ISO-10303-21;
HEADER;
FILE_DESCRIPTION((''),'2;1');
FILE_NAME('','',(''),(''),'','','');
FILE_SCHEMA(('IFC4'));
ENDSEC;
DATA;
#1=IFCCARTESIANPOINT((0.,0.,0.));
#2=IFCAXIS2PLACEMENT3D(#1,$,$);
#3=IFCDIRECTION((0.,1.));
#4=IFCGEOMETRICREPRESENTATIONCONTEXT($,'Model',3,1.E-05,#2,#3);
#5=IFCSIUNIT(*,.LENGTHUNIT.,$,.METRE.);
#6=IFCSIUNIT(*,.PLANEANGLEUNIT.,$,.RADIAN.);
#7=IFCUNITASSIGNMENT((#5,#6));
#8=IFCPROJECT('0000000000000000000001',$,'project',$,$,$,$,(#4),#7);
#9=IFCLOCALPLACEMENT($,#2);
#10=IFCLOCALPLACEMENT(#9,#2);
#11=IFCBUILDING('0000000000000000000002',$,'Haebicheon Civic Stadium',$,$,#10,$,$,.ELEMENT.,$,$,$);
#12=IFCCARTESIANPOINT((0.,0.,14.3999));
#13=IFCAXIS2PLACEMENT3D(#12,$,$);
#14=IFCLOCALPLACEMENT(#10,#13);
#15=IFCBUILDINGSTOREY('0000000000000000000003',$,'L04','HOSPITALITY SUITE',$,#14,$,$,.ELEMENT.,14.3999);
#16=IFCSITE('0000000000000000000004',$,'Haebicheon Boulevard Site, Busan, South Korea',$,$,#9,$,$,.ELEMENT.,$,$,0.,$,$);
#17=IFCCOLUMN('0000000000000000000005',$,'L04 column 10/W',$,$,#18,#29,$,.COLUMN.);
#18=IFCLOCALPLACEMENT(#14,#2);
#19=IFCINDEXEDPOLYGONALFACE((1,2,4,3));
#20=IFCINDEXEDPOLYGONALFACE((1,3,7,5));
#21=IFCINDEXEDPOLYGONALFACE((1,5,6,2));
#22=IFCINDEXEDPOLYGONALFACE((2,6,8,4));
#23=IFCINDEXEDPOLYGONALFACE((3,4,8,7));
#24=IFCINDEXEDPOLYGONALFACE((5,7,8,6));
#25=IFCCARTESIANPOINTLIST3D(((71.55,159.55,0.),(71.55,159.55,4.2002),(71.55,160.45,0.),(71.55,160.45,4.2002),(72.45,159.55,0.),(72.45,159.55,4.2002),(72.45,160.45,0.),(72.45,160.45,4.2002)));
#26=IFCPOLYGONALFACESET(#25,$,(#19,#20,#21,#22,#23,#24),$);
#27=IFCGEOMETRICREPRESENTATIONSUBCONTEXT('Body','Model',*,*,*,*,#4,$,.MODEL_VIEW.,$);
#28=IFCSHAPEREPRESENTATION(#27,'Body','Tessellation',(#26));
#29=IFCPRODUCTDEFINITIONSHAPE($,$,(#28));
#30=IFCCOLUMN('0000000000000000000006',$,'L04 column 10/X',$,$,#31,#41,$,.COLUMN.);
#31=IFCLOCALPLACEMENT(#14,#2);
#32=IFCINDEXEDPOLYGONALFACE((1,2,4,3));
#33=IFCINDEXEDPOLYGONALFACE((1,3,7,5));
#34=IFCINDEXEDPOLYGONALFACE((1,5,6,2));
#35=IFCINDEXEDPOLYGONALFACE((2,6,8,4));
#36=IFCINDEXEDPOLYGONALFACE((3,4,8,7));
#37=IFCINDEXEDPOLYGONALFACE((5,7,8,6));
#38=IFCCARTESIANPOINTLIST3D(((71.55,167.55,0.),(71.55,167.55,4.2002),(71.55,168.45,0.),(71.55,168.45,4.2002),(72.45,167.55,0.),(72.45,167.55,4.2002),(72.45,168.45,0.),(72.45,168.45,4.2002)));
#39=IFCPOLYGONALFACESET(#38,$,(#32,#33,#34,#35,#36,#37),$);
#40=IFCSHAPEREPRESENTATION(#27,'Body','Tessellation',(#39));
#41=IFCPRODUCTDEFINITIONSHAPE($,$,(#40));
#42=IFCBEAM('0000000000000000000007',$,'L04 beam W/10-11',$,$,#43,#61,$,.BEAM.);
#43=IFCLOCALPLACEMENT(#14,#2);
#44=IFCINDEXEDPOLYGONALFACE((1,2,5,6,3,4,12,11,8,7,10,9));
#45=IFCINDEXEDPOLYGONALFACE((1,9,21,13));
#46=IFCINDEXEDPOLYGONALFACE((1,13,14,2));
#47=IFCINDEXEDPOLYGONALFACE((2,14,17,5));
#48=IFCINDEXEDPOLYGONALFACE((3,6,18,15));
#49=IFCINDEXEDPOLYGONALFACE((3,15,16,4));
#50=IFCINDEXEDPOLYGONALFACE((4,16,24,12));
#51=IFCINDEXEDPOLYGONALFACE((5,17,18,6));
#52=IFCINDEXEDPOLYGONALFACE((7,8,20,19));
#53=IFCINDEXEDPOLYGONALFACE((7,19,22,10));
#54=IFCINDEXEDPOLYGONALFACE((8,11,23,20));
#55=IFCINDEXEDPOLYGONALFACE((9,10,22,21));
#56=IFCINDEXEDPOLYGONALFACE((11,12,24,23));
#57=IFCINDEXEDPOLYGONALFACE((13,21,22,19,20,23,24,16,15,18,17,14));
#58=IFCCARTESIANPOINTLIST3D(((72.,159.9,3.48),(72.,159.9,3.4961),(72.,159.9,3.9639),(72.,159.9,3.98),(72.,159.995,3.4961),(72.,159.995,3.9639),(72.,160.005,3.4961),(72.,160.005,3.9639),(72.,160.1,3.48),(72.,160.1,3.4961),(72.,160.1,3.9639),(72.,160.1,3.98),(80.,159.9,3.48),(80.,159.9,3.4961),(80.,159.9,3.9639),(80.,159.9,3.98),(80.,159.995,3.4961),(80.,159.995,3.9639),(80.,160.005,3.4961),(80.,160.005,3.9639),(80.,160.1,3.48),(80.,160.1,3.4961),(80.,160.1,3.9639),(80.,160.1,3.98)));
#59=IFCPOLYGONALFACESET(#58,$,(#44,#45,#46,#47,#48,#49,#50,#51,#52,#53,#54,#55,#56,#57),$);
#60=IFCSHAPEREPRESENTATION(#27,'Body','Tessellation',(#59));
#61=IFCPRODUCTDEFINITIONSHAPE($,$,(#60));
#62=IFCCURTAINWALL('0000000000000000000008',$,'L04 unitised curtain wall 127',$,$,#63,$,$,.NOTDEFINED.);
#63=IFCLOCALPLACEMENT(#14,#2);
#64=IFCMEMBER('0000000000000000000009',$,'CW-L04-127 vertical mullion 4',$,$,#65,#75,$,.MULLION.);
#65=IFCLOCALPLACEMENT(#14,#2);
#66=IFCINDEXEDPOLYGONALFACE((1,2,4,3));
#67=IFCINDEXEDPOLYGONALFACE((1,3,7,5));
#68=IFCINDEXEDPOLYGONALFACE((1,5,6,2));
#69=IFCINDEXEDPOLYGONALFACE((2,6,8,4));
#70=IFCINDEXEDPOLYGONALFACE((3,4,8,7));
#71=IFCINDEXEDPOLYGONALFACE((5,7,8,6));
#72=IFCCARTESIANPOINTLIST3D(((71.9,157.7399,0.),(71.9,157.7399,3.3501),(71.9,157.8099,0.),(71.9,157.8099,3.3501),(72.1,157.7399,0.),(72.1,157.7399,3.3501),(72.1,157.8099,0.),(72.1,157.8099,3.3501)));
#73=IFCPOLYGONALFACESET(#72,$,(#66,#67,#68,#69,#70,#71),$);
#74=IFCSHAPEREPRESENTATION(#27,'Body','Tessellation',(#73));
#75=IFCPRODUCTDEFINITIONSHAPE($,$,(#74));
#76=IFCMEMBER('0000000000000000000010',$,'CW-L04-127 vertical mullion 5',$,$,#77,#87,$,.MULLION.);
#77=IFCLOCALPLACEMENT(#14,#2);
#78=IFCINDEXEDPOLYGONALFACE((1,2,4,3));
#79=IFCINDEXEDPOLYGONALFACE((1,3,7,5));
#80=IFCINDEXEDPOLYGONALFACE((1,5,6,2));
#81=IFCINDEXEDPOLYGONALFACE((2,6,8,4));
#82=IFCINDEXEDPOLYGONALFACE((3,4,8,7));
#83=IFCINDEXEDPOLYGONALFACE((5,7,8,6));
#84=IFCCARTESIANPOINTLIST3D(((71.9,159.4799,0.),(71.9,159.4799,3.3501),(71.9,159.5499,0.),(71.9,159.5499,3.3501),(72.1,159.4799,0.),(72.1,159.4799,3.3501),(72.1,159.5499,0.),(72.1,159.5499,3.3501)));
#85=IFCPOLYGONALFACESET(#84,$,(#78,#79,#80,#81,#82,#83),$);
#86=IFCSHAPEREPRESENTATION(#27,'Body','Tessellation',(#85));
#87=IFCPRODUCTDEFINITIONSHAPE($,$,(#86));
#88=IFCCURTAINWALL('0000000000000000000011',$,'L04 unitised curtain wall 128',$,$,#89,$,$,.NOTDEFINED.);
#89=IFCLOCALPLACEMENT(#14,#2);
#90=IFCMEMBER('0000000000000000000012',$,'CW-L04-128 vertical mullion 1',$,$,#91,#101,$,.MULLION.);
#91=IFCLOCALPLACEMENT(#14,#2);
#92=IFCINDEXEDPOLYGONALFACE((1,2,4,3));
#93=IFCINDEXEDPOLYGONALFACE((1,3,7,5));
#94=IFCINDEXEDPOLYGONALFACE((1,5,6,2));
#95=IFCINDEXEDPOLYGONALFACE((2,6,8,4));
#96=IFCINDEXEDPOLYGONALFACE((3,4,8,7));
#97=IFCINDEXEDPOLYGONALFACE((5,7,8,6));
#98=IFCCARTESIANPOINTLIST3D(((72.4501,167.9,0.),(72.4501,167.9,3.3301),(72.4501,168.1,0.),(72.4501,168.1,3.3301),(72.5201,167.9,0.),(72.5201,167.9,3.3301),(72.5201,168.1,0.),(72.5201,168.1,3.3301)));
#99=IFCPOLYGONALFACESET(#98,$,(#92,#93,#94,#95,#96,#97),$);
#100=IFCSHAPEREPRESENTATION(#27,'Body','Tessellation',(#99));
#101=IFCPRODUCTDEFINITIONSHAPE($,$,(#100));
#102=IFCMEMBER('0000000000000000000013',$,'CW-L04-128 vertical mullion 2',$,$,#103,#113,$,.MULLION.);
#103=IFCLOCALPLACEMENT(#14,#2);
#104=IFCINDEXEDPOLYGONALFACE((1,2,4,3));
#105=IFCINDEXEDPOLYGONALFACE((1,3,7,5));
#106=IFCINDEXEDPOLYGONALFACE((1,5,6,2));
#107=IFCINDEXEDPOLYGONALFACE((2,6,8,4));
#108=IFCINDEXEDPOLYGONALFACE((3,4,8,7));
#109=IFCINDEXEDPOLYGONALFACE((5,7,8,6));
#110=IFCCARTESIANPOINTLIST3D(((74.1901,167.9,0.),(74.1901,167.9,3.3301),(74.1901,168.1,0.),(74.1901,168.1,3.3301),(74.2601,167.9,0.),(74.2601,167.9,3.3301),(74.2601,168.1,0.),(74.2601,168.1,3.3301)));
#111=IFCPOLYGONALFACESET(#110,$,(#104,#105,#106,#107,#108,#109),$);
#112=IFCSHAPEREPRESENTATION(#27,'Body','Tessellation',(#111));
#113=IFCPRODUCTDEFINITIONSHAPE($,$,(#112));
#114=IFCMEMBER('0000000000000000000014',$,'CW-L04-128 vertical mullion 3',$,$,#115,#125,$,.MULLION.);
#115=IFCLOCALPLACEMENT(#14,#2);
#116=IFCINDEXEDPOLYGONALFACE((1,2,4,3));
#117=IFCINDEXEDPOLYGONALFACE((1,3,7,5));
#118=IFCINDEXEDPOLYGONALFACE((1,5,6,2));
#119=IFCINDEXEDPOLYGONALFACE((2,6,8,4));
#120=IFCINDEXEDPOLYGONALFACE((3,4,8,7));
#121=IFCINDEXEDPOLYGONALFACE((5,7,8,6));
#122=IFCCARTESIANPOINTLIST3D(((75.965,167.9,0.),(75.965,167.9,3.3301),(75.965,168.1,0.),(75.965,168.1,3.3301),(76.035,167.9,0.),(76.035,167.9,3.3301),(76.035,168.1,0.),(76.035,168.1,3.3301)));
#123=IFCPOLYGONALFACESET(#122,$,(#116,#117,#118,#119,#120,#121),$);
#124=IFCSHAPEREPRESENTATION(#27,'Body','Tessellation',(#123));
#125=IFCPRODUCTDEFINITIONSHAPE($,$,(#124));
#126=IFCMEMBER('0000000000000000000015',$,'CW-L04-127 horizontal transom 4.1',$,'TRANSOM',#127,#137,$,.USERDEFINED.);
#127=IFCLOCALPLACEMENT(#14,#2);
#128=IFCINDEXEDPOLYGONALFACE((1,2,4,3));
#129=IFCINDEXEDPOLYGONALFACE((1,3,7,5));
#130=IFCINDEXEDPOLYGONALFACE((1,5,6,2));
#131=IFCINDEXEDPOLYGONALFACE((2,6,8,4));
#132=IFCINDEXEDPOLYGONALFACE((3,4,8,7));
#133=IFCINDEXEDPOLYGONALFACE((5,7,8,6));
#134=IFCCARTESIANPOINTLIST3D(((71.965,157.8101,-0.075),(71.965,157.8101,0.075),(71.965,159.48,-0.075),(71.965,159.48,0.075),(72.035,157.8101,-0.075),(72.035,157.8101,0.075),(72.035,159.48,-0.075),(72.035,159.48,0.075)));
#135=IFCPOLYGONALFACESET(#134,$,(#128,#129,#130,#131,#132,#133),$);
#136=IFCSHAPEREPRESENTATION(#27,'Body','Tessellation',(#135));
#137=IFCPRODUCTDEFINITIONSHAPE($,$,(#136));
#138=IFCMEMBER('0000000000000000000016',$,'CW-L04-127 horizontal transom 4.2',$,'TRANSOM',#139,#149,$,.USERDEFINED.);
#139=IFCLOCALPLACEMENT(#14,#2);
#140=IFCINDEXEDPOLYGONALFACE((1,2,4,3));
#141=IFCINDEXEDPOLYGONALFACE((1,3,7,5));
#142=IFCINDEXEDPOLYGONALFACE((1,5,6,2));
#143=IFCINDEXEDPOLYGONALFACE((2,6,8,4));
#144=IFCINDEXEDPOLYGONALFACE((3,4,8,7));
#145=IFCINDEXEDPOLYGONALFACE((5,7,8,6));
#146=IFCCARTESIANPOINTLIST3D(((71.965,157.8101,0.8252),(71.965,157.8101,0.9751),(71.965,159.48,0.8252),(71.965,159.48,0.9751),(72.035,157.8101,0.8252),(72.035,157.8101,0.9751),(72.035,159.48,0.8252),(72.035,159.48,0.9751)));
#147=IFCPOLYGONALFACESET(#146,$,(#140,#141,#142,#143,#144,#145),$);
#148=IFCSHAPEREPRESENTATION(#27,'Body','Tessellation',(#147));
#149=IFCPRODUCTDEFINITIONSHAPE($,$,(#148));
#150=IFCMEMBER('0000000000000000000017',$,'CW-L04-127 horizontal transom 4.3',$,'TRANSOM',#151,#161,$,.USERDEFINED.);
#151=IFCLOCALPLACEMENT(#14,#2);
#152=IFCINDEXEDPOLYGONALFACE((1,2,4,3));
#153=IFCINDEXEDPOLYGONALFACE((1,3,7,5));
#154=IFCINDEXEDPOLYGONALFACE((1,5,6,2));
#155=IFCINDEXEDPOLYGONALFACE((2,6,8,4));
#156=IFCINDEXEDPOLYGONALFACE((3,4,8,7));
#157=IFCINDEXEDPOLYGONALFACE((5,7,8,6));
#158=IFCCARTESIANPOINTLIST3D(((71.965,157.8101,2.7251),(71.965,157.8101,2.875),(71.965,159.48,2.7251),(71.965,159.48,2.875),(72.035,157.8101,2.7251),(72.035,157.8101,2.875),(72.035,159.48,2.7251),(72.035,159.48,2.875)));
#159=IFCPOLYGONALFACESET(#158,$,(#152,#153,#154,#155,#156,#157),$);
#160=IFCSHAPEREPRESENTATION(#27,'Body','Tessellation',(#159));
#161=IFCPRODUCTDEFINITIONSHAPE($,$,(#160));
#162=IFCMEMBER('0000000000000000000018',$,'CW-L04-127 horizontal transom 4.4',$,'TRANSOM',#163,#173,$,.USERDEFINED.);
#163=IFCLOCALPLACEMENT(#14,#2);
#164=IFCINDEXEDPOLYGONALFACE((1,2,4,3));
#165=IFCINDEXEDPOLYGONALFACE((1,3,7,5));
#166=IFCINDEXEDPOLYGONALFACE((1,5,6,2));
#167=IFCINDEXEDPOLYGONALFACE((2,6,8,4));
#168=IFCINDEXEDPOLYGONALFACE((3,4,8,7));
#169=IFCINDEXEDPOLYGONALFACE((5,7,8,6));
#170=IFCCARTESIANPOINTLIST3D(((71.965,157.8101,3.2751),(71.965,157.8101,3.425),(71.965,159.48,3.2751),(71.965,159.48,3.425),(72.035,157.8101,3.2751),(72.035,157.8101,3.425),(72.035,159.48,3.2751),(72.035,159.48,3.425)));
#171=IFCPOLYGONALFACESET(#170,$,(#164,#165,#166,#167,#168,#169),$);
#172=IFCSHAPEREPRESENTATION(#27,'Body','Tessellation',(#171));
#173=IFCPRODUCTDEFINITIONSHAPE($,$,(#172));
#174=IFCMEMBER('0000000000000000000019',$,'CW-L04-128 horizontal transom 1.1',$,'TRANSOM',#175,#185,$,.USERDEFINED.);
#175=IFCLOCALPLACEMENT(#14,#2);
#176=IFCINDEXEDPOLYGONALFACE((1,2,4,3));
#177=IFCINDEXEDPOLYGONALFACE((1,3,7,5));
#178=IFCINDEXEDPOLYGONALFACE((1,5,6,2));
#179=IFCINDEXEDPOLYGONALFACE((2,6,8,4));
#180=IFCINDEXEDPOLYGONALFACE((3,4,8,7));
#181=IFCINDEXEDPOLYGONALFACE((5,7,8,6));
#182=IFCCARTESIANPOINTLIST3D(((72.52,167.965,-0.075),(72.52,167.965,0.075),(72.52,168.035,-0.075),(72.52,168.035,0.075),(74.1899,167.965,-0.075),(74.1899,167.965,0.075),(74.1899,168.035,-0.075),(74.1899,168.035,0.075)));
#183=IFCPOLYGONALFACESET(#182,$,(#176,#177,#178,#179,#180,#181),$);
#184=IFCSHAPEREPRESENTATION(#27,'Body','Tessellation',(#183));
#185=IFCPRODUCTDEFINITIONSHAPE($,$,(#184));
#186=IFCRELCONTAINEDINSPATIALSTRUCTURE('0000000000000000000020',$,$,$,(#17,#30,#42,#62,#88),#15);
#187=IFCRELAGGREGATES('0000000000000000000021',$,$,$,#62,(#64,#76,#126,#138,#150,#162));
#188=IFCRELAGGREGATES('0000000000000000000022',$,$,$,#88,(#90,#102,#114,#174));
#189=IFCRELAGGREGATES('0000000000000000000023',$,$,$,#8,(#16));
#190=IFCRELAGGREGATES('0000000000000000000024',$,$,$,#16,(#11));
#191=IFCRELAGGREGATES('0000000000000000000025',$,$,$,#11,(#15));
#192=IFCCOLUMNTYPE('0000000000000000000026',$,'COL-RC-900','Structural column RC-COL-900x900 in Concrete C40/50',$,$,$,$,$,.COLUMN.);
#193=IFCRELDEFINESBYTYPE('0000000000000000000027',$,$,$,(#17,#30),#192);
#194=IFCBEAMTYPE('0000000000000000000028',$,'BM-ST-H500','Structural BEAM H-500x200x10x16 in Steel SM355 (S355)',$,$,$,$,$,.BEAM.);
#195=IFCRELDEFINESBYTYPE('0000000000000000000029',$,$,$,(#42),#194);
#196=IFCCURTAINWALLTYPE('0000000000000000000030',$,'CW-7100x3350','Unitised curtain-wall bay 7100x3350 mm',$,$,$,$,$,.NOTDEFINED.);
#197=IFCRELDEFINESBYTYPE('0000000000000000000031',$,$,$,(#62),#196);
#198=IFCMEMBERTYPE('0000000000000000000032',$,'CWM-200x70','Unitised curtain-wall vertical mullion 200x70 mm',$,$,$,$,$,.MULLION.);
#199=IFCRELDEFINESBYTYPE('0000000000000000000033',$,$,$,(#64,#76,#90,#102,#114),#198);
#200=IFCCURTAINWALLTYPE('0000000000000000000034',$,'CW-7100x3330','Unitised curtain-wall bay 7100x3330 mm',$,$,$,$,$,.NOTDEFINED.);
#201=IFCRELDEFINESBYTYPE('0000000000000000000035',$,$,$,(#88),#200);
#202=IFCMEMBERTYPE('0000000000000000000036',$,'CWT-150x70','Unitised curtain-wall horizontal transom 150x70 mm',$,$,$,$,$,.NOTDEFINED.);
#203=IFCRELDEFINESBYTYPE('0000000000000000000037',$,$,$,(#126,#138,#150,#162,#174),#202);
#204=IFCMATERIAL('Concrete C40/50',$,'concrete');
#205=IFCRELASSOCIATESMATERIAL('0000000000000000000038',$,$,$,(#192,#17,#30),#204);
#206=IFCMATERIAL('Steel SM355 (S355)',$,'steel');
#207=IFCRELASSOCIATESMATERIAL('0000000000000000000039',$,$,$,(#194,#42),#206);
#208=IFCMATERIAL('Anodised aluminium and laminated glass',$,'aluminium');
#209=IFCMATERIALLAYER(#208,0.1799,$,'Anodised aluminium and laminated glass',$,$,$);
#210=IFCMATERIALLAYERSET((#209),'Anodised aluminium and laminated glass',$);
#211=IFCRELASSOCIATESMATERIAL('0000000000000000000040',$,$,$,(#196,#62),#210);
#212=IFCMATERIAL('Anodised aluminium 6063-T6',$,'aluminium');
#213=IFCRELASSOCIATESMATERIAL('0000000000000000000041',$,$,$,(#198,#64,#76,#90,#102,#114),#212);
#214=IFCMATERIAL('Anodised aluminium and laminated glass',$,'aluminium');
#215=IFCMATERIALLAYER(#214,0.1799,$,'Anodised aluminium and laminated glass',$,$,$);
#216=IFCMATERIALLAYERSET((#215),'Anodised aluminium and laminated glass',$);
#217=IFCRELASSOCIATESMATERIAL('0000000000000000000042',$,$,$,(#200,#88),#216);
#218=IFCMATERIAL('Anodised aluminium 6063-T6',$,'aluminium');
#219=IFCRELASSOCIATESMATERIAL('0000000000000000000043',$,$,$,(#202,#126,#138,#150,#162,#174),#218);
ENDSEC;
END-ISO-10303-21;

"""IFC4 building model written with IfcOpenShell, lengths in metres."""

from ifc_helpers import new_model, si_unit, direction, frame, origin, origin_2d, place, context, subcontext, project, spatial, rectangle, i_section, extrude, material, layer, layer_set, material_profile, profile_set, type_object, element, aggregate, save


model = new_model("IFC4")

# Units and contexts
model_context = context("Model", 3, precision=1e-05, world=origin(), true_north=direction((0.0, 1.0)))
body_context = subcontext(model_context, "Body", "Model", "MODEL_VIEW")
ifc_project = project(units=[si_unit("LENGTHUNIT", "METRE"), si_unit("PLANEANGLEUNIT", "RADIAN")], contexts=[model_context])

# Site, building, storey
site_placement = place(None, origin())
site = spatial("IfcSite", under=ifc_project, at=site_placement, Name="Haebicheon Boulevard Site, Busan, South Korea", CompositionType="ELEMENT", RefElevation=0.0)
building_placement = place(site_placement, origin())
building = spatial("IfcBuilding", under=site, at=building_placement, Name="Haebicheon Civic Stadium", CompositionType="ELEMENT")
storey_placement = place(building_placement, frame((0.0, 0.0, 14.3999)))
storey = spatial("IfcBuildingStorey", under=building, at=storey_placement, Name="L04", Description="HOSPITALITY SUITE", CompositionType="ELEMENT", Elevation=14.3999)

# Columns
ifc_material_1 = material(Name="Concrete C40/50", Category="concrete")
ifc_material_profile_1 = material_profile(ifc_material_1, rectangle(XDim=0.8999, YDim=0.8999, at=origin_2d()), Name="RC-COL-900x900")
ifc_profile_set_1 = profile_set([ifc_material_profile_1], Name="Concrete C40/50")
column_type = type_object("IfcColumnType", Name="COL-RC-900", Description="Structural column RC-COL-900x900 in Concrete C40/50", PredefinedType="COLUMN", material=ifc_profile_set_1)
for number, where, z_axis, x_axis, name in (
    (1, (72.0, 160.0, 0.0), (0.0, 0.0, 1.0), (1.0, 0.0, 0.0), "L04 column 10/W"),
    (2, (72.0, 168.0, 0.0), (0.0, 0.0, 1.0), (1.0, 0.0, 0.0), "L04 column 10/X"),
):
    element("IfcColumn", number, at=place(storey_placement, frame(where, z_axis=z_axis, x_axis=x_axis)), inside=storey, type_object=column_type, material=ifc_profile_set_1, Name=name, PredefinedType="COLUMN", context=body_context, shape_type="SweptSolid", body=[
        extrude(rectangle(XDim=0.8999, YDim=0.8999, at=origin_2d()), origin(), (0.0, 0.0, 1.0), 4.2002),
    ])

# Beam
ifc_material_2 = material(Name="Steel SM355 (S355)", Category="steel")
ifc_material_profile_2 = material_profile(ifc_material_2, i_section(OverallWidth=0.2, OverallDepth=0.5, WebThickness=0.01, FlangeThickness=0.0161, at=origin_2d()), Name="H-500x200x10x16")
ifc_profile_set_2 = profile_set([ifc_material_profile_2], Name="Steel SM355 (S355)")
beam_type_1 = type_object("IfcBeamType", Name="BM-ST-H500", Description="Structural BEAM H-500x200x10x16 in Steel SM355 (S355)", PredefinedType="BEAM", material=ifc_profile_set_2)
beam_1_placement = place(storey_placement, frame((72.0, 160.0, 3.73), z_axis=(1.0, 0.0, 0.0), x_axis=(0.0, 1.0, 0.0)))
element("IfcBeam", 3, at=beam_1_placement, inside=storey, type_object=beam_type_1, material=ifc_profile_set_2, Name="L04 beam W/10-11", PredefinedType="BEAM", context=body_context, shape_type="SweptSolid", body=[
    extrude(i_section(OverallWidth=0.2, OverallDepth=0.5, WebThickness=0.01, FlangeThickness=0.0161, at=origin_2d()), origin(), (0.0, 0.0, 1.0), 8.0),
])

# Curtain walls, members
ifc_material_3 = material(Name="Anodised aluminium and laminated glass", Category="aluminium")
ifc_layer_1 = layer(ifc_material_3, 0.1799, Name="Anodised aluminium and laminated glass")
ifc_layer_set_1 = layer_set([ifc_layer_1], Name="Anodised aluminium and laminated glass")
curtain_wall_type_1 = type_object("IfcCurtainWallType", Name="CW-7100x3350", Description="Unitised curtain-wall bay 7100x3350 mm", PredefinedType="NOTDEFINED", material=ifc_layer_set_1)
curtain_wall_1_placement = place(storey_placement, origin())
curtain_wall_1 = element("IfcCurtainWall", 4, at=curtain_wall_1_placement, inside=storey, type_object=curtain_wall_type_1, material=ifc_layer_set_1, Name="L04 unitised curtain wall 127", PredefinedType="NOTDEFINED")
ifc_material_4 = material(Name="Anodised aluminium 6063-T6", Category="aluminium")
ifc_material_profile_3 = material_profile(ifc_material_4, rectangle(XDim=0.0701, YDim=0.2, at=origin_2d()), Name="ALU-MULL-70x200")
ifc_profile_set_3 = profile_set([ifc_material_profile_3], Name="Anodised aluminium 6063-T6")
member_type_1 = type_object("IfcMemberType", Name="CWM-200x70", Description="Unitised curtain-wall vertical mullion 200x70 mm", PredefinedType="MULLION", material=ifc_profile_set_3)
member_1_placement = place(storey_placement, frame((72.0, 157.7749, 0.0), z_axis=(0.0, 0.0, 1.0), x_axis=(0.0, 1.0, 0.0)))
member_1 = element("IfcMember", 5, at=member_1_placement, type_object=member_type_1, material=ifc_profile_set_3, Name="CW-L04-127 vertical mullion 4", PredefinedType="MULLION", context=body_context, shape_type="SweptSolid", body=[
    extrude(rectangle(XDim=0.0701, YDim=0.2, at=origin_2d()), origin(), (0.0, 0.0, 1.0), 3.3501),
])
member_2_placement = place(storey_placement, frame((72.0, 159.5149, 0.0), z_axis=(0.0, 0.0, 1.0), x_axis=(0.0, 1.0, 0.0)))
member_2 = element("IfcMember", 6, at=member_2_placement, type_object=member_type_1, material=ifc_profile_set_3, Name="CW-L04-127 vertical mullion 5", PredefinedType="MULLION", context=body_context, shape_type="SweptSolid", body=[
    extrude(rectangle(XDim=0.0701, YDim=0.2, at=origin_2d()), origin(), (0.0, 0.0, 1.0), 3.3501),
])
ifc_material_5 = material(Name="Anodised aluminium and laminated glass", Category="aluminium")
ifc_layer_2 = layer(ifc_material_5, 0.1799, Name="Anodised aluminium and laminated glass")
ifc_layer_set_2 = layer_set([ifc_layer_2], Name="Anodised aluminium and laminated glass")
curtain_wall_type_2 = type_object("IfcCurtainWallType", Name="CW-7100x3330", Description="Unitised curtain-wall bay 7100x3330 mm", PredefinedType="NOTDEFINED", material=ifc_layer_set_2)
curtain_wall_2_placement = place(storey_placement, origin())
curtain_wall_2 = element("IfcCurtainWall", 7, at=curtain_wall_2_placement, inside=storey, type_object=curtain_wall_type_2, material=ifc_layer_set_2, Name="L04 unitised curtain wall 128", PredefinedType="NOTDEFINED")
member_3_placement = place(storey_placement, frame((72.4851, 168.0, 0.0), z_axis=(0.0, 0.0, 1.0), x_axis=(1.0, 0.0, 0.0)))
member_3 = element("IfcMember", 8, at=member_3_placement, type_object=member_type_1, material=ifc_profile_set_3, Name="CW-L04-128 vertical mullion 1", PredefinedType="MULLION", context=body_context, shape_type="SweptSolid", body=[
    extrude(rectangle(XDim=0.0701, YDim=0.2, at=origin_2d()), origin(), (0.0, 0.0, 1.0), 3.3301),
])
member_4_placement = place(storey_placement, frame((74.2251, 168.0, 0.0), z_axis=(0.0, 0.0, 1.0), x_axis=(1.0, 0.0, 0.0)))
member_4 = element("IfcMember", 9, at=member_4_placement, type_object=member_type_1, material=ifc_profile_set_3, Name="CW-L04-128 vertical mullion 2", PredefinedType="MULLION", context=body_context, shape_type="SweptSolid", body=[
    extrude(rectangle(XDim=0.0701, YDim=0.2, at=origin_2d()), origin(), (0.0, 0.0, 1.0), 3.3301),
])
member_5_placement = place(storey_placement, frame((76.0, 168.0, 0.0), z_axis=(0.0, 0.0, 1.0), x_axis=(1.0, 0.0, 0.0)))
member_5 = element("IfcMember", 10, at=member_5_placement, type_object=member_type_1, material=ifc_profile_set_3, Name="CW-L04-128 vertical mullion 3", PredefinedType="MULLION", context=body_context, shape_type="SweptSolid", body=[
    extrude(rectangle(XDim=0.0701, YDim=0.2, at=origin_2d()), origin(), (0.0, 0.0, 1.0), 3.3301),
])

# Members
ifc_material_6 = material(Name="Anodised aluminium 6063-T6", Category="aluminium")
ifc_material_profile_4 = material_profile(ifc_material_6, rectangle(XDim=0.0701, YDim=0.1499, at=origin_2d()), Name="ALU-TRAN-70x150")
ifc_profile_set_4 = profile_set([ifc_material_profile_4], Name="Anodised aluminium 6063-T6")
member_type_2 = type_object("IfcMemberType", Name="CWT-150x70", Description="Unitised curtain-wall horizontal transom 150x70 mm", PredefinedType="NOTDEFINED", material=ifc_profile_set_4)
member_6_placement = place(storey_placement, frame((72.0, 157.8101, 0.0), z_axis=(0.0, 1.0, 0.0), x_axis=(-1.0, 0.0, 0.0)))
member_6 = element("IfcMember", 11, at=member_6_placement, type_object=member_type_2, material=ifc_profile_set_4, Name="CW-L04-127 horizontal transom 4.1", ObjectType="TRANSOM", PredefinedType="USERDEFINED", context=body_context, shape_type="SweptSolid", body=[
    extrude(rectangle(XDim=0.0701, YDim=0.1499, at=origin_2d()), origin(), (0.0, 0.0, 1.0), 1.6699),
])
member_7_placement = place(storey_placement, frame((72.0, 157.8101, 0.9001), z_axis=(0.0, 1.0, 0.0), x_axis=(-1.0, 0.0, 0.0)))
member_7 = element("IfcMember", 12, at=member_7_placement, type_object=member_type_2, material=ifc_profile_set_4, Name="CW-L04-127 horizontal transom 4.2", ObjectType="TRANSOM", PredefinedType="USERDEFINED", context=body_context, shape_type="SweptSolid", body=[
    extrude(rectangle(XDim=0.0701, YDim=0.1499, at=origin_2d()), origin(), (0.0, 0.0, 1.0), 1.6699),
])
member_8_placement = place(storey_placement, frame((72.0, 157.8101, 2.8), z_axis=(0.0, 1.0, 0.0), x_axis=(-1.0, 0.0, 0.0)))
member_8 = element("IfcMember", 13, at=member_8_placement, type_object=member_type_2, material=ifc_profile_set_4, Name="CW-L04-127 horizontal transom 4.3", ObjectType="TRANSOM", PredefinedType="USERDEFINED", context=body_context, shape_type="SweptSolid", body=[
    extrude(rectangle(XDim=0.0701, YDim=0.1499, at=origin_2d()), origin(), (0.0, 0.0, 1.0), 1.6699),
])
member_9_placement = place(storey_placement, frame((72.0, 157.8101, 3.3501), z_axis=(0.0, 1.0, 0.0), x_axis=(-1.0, 0.0, 0.0)))
member_9 = element("IfcMember", 14, at=member_9_placement, type_object=member_type_2, material=ifc_profile_set_4, Name="CW-L04-127 horizontal transom 4.4", ObjectType="TRANSOM", PredefinedType="USERDEFINED", context=body_context, shape_type="SweptSolid", body=[
    extrude(rectangle(XDim=0.0701, YDim=0.1499, at=origin_2d()), origin(), (0.0, 0.0, 1.0), 1.6699),
])
member_10_placement = place(storey_placement, frame((72.52, 168.0, 0.0), z_axis=(1.0, 0.0, 0.0), x_axis=(0.0, 1.0, 0.0)))
member_10 = element("IfcMember", 15, at=member_10_placement, type_object=member_type_2, material=ifc_profile_set_4, Name="CW-L04-128 horizontal transom 1.1", ObjectType="TRANSOM", PredefinedType="USERDEFINED", context=body_context, shape_type="SweptSolid", body=[
    extrude(rectangle(XDim=0.0701, YDim=0.1499, at=origin_2d()), origin(), (0.0, 0.0, 1.0), 1.6699),
])

aggregate(curtain_wall_1, [member_1, member_2, member_6, member_7, member_8, member_9])
aggregate(curtain_wall_2, [member_3, member_4, member_5, member_10])

save(model, "model.ifc")
